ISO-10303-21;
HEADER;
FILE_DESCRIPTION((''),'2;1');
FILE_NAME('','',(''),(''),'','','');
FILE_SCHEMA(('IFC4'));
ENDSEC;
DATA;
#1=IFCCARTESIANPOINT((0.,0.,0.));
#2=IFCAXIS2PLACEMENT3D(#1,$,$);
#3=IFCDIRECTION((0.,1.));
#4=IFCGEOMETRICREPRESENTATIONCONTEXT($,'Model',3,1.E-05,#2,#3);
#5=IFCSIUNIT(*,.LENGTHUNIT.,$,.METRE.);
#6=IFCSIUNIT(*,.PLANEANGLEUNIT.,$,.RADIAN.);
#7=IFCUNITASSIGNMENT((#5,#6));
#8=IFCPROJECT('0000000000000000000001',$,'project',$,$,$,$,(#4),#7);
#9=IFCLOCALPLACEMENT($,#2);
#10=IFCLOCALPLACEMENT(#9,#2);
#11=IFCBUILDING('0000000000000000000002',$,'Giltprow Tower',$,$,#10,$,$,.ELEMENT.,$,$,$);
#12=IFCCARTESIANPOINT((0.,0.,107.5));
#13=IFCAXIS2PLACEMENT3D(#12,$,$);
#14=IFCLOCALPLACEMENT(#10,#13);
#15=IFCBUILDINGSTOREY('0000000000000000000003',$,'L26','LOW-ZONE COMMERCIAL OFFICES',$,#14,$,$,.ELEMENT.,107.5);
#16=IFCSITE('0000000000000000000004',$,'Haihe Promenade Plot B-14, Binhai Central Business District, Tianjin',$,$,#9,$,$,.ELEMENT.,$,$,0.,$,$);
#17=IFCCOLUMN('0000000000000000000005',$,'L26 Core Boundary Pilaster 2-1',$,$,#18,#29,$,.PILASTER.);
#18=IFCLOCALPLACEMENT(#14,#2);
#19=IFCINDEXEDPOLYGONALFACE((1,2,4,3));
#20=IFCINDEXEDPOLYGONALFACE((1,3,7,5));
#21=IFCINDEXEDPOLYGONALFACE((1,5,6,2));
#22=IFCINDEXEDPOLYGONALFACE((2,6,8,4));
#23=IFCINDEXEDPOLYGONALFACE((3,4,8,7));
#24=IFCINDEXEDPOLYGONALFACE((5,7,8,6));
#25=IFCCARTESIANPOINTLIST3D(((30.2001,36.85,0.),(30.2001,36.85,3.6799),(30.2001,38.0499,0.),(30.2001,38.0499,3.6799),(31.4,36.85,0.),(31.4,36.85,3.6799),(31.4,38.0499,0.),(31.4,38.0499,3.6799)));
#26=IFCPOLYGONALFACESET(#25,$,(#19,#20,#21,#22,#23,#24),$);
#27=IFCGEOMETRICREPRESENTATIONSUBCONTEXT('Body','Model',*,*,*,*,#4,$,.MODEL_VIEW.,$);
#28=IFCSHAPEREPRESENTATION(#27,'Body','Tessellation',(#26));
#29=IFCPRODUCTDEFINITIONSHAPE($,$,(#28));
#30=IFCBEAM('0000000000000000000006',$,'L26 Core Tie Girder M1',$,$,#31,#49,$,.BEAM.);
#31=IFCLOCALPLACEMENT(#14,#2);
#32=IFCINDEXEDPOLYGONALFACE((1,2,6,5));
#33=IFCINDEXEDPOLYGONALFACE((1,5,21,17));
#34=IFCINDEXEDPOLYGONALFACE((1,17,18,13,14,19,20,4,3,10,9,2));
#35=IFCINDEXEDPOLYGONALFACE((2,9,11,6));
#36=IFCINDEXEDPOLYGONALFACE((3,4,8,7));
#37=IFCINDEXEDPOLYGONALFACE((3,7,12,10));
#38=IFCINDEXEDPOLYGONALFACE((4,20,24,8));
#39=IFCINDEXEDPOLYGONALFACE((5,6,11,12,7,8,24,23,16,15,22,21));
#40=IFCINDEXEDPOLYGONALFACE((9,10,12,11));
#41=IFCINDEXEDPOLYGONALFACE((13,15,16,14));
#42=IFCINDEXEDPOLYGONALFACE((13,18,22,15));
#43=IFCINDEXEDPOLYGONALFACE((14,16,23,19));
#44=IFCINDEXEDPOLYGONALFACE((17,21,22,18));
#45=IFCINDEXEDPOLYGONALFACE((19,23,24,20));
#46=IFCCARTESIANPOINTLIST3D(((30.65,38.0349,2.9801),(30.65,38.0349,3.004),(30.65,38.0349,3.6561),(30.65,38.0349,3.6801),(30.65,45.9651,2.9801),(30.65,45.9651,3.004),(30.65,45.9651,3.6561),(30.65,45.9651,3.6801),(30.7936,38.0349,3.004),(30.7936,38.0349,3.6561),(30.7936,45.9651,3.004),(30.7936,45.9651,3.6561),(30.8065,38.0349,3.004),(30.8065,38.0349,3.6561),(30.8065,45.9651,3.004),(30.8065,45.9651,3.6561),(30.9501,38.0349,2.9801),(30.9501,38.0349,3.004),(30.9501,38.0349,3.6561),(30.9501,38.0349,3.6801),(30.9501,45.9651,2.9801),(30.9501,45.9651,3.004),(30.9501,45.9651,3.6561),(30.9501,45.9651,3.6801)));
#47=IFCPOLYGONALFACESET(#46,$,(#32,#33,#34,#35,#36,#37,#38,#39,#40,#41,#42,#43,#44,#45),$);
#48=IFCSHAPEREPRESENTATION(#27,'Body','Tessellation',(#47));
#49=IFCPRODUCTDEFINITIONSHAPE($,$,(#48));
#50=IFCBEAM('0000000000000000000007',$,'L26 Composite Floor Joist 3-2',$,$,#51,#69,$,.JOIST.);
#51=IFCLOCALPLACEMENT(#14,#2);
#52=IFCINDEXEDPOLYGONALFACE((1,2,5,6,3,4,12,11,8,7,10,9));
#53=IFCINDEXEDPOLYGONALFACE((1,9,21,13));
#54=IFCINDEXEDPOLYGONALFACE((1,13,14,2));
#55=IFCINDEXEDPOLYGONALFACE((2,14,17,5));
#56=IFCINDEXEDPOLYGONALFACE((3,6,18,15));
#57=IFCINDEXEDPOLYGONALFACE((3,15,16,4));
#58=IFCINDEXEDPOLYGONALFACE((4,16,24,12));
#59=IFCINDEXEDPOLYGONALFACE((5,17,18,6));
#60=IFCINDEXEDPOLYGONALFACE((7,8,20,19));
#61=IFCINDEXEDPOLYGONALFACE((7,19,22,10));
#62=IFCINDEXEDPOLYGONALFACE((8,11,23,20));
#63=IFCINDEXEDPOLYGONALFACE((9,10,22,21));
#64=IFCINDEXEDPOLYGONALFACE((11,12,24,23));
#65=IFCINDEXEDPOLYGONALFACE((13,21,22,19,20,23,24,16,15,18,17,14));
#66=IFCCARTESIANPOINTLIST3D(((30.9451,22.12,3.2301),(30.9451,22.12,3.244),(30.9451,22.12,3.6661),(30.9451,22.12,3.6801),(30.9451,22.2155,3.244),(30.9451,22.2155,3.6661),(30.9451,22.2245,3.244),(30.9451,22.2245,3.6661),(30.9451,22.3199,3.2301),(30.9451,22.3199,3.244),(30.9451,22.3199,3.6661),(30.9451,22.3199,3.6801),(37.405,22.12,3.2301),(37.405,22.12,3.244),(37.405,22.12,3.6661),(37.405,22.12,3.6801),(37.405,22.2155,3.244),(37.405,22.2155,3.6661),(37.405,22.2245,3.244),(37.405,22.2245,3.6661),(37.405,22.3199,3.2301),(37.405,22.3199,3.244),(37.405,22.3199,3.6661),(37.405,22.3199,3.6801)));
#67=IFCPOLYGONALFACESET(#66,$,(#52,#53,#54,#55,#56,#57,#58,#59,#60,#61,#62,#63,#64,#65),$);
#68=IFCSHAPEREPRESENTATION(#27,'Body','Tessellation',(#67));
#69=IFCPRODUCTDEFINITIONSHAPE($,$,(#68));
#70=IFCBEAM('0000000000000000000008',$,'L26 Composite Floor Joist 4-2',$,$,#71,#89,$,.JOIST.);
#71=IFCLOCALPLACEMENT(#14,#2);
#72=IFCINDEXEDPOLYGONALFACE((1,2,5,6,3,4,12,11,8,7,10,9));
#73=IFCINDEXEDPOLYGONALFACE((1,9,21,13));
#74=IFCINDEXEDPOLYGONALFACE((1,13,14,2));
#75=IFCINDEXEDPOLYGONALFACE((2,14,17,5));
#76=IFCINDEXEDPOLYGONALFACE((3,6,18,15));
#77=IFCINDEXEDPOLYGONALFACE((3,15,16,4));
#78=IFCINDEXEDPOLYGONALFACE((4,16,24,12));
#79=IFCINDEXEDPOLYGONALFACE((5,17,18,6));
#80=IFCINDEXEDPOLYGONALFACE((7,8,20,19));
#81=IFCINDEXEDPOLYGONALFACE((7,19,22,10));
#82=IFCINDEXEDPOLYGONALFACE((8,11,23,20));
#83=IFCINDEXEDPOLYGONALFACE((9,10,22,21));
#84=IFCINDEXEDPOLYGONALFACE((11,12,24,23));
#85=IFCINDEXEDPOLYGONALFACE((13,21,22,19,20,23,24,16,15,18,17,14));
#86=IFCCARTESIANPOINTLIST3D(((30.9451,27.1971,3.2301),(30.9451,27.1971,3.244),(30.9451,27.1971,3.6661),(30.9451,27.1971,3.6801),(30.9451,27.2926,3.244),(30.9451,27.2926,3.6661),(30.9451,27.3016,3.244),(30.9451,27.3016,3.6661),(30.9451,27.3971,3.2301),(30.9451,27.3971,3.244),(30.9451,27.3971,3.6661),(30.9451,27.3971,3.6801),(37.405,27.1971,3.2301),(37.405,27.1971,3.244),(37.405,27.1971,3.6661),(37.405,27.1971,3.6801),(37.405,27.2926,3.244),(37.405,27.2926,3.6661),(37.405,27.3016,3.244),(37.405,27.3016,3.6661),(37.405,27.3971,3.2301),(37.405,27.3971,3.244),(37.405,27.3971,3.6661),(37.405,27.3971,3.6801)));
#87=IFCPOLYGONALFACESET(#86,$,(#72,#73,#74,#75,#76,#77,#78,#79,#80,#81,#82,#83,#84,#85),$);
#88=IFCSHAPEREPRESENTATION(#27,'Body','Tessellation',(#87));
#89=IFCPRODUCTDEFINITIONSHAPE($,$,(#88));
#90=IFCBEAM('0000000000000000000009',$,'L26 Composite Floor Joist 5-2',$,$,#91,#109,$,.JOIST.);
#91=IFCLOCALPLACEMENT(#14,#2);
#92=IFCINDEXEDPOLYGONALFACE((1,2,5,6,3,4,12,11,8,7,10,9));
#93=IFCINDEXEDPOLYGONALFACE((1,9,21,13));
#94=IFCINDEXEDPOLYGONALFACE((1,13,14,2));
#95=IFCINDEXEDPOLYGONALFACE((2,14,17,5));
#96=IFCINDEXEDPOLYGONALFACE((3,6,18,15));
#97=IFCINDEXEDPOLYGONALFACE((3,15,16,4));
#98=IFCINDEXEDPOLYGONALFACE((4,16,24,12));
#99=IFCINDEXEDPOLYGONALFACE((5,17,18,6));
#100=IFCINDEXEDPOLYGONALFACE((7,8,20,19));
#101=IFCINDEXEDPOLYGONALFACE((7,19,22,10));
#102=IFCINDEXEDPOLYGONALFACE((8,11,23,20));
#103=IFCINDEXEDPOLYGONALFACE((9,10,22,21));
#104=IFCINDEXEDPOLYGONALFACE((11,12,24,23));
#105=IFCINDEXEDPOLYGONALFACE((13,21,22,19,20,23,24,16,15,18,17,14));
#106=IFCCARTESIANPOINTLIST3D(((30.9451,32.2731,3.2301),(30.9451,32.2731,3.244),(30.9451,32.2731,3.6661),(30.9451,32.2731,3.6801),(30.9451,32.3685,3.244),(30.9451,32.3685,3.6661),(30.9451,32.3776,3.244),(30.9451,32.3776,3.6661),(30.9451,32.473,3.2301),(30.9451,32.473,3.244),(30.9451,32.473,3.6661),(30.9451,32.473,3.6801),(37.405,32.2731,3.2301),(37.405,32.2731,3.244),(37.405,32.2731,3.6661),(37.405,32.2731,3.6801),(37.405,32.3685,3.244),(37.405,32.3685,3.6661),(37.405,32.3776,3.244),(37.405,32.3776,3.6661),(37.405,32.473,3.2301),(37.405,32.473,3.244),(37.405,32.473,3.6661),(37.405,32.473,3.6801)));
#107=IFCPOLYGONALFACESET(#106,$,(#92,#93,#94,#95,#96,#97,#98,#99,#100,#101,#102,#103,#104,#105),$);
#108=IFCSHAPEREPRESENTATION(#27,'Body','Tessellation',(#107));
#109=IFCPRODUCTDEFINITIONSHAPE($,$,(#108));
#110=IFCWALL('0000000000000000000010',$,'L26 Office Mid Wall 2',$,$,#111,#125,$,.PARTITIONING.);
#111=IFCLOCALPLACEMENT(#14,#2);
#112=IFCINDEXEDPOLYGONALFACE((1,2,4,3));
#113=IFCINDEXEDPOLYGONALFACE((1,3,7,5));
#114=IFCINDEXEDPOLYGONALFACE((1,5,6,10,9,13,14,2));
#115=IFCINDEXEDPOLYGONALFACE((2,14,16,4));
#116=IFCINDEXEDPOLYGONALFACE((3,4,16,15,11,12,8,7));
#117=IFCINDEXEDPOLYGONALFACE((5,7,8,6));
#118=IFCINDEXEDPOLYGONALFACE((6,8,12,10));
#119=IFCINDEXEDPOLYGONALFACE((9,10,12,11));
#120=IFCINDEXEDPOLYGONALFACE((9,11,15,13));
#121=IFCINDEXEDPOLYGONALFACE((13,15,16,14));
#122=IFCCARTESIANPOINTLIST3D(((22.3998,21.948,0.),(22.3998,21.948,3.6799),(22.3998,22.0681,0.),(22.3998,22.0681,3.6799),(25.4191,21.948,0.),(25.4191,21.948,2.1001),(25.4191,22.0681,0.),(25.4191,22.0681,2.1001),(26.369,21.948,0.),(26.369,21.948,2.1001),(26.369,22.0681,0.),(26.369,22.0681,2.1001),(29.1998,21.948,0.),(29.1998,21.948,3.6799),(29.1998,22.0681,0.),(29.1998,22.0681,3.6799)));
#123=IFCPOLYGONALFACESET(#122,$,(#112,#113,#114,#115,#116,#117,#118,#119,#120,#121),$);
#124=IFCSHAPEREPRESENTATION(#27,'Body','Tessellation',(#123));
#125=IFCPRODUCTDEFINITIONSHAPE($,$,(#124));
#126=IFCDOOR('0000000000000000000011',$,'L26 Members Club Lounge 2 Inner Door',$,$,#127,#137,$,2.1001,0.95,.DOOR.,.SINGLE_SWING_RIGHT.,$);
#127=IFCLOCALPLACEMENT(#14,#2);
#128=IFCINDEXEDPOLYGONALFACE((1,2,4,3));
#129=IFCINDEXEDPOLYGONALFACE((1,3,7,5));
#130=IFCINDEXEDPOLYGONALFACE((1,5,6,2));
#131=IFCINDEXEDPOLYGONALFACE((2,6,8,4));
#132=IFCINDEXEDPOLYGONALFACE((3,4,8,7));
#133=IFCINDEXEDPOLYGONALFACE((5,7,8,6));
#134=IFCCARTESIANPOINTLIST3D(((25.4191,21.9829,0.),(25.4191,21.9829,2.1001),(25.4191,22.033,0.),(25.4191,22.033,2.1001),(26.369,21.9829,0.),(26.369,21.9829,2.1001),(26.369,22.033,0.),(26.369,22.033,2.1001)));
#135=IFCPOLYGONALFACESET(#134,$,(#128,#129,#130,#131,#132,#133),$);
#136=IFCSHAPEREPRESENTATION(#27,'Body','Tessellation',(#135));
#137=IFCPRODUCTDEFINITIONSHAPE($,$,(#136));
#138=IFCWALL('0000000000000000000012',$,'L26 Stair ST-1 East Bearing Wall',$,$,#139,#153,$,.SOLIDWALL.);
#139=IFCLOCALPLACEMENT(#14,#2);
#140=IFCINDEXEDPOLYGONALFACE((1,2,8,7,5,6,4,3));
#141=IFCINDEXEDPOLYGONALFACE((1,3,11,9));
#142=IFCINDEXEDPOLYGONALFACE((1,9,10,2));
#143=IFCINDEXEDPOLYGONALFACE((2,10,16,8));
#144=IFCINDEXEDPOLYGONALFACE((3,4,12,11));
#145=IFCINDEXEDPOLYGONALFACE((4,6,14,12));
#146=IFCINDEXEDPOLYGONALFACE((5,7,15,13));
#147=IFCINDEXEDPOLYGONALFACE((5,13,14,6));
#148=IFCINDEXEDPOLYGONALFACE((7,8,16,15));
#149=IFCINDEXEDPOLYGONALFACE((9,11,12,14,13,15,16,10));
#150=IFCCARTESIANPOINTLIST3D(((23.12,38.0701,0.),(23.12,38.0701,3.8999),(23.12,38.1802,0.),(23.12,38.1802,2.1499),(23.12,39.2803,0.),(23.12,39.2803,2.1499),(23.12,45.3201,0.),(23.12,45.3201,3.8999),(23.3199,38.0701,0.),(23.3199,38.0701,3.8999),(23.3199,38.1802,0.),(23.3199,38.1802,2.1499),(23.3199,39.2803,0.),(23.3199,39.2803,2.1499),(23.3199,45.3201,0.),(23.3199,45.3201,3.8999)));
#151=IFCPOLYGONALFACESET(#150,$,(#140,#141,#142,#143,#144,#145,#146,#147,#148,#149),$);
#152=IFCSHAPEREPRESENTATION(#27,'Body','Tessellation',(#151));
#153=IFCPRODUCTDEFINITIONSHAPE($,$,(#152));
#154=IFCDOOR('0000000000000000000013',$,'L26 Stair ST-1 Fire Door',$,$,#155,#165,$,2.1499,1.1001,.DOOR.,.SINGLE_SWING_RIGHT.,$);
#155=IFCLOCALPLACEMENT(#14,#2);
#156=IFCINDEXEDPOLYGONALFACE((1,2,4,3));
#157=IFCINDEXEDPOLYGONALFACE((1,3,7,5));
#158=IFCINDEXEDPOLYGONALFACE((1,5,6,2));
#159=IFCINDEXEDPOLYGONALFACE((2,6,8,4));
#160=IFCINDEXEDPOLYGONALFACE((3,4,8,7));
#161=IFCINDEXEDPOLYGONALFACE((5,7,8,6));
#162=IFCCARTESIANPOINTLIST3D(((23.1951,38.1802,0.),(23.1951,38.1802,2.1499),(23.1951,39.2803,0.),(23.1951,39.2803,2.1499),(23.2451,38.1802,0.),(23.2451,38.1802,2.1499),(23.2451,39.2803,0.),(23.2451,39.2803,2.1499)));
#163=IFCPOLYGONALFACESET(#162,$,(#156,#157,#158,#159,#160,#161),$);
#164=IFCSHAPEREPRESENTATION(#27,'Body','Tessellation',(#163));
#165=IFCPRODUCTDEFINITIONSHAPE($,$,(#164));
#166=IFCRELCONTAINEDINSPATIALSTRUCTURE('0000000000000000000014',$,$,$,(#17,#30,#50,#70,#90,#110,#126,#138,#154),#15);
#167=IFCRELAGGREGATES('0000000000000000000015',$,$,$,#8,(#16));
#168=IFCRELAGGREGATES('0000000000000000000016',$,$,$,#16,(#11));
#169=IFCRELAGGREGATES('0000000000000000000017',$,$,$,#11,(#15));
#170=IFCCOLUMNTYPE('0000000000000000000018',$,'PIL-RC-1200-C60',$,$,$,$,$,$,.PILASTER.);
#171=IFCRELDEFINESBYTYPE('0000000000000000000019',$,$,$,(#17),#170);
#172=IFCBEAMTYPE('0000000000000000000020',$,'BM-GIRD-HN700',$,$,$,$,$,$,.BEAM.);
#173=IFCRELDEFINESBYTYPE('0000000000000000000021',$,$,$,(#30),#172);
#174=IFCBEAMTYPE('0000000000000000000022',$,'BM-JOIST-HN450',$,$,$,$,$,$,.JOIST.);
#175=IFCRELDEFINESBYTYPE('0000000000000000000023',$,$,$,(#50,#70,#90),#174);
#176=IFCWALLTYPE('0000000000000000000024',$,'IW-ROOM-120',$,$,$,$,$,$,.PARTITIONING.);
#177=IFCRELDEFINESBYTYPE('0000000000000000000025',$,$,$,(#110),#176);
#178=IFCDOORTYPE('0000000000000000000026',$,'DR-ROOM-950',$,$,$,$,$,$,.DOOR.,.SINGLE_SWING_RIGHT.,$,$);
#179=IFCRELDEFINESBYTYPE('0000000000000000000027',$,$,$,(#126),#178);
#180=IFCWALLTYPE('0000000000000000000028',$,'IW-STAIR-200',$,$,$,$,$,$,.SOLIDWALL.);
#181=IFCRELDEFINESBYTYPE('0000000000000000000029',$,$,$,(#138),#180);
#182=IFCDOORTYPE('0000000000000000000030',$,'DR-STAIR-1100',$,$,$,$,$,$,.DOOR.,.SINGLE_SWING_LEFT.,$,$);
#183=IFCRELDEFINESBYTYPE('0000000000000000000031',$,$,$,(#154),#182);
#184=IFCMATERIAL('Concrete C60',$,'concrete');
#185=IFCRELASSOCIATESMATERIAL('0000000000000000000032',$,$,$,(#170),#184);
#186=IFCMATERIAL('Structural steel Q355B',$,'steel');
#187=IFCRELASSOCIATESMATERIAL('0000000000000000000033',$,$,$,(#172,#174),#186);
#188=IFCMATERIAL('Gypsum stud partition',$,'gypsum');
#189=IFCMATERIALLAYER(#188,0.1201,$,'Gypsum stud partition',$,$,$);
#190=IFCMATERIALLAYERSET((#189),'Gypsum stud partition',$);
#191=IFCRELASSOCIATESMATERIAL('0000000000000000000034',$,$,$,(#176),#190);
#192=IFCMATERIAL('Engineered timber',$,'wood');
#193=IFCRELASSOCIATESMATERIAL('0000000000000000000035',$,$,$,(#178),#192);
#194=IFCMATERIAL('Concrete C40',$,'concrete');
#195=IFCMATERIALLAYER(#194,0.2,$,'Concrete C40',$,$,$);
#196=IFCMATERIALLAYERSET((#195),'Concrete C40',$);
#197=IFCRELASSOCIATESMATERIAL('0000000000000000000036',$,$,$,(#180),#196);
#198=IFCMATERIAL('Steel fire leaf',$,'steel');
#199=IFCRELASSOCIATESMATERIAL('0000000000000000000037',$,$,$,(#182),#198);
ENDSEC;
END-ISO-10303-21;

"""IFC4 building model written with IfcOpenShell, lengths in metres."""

from ifc_helpers import new_model, si_unit, direction, frame, frame_2d, origin, origin_2d, place, context, subcontext, project, spatial, rectangle, i_section, extrude, source, transform, mapped, material, layer, layer_set, material_profile, profile_set, type_object, element, fill, save


model = new_model("IFC4")

# Units and contexts
model_context = context("Model", 3, precision=1e-05, world=origin(), true_north=direction((0.0, 1.0)))
body_context = subcontext(model_context, "Body", "Model", "MODEL_VIEW")
ifc_project = project(units=[si_unit("LENGTHUNIT", "METRE"), si_unit("PLANEANGLEUNIT", "RADIAN")], contexts=[model_context])

# Site, building, storey
site_placement = place(None, origin())
site = spatial("IfcSite", under=ifc_project, at=site_placement, Name="Haihe Promenade Plot B-14, Binhai Central Business District, Tianjin", CompositionType="ELEMENT", RefElevation=0.0)
building_placement = place(site_placement, origin())
building = spatial("IfcBuilding", under=site, at=building_placement, Name="Giltprow Tower", CompositionType="ELEMENT")
storey_placement = place(building_placement, frame((0.0, 0.0, 107.5)))
storey = spatial("IfcBuildingStorey", under=building, at=storey_placement, Name="L26", Description="LOW-ZONE COMMERCIAL OFFICES", CompositionType="ELEMENT", Elevation=107.5)

# Column
ifc_material_1 = material(Name="Concrete C60", Category="concrete")
ifc_material_profile_1 = material_profile(ifc_material_1, rectangle(XDim=1.2, YDim=1.2, at=origin_2d()), Name="RC 1200x1200")
ifc_profile_set_1 = profile_set([ifc_material_profile_1], Name="Concrete C60")
column_type = type_object("IfcColumnType", Name="PIL-RC-1200-C60", PredefinedType="PILASTER", material=ifc_profile_set_1)
shared_shape_1 = source(origin(), body_context, "Body", "SweptSolid", [
    extrude(rectangle(XDim=1.2, YDim=1.2, at=origin_2d()), origin(), (0.0, 0.0, 1.0), 3.6799),
])
column_placement = place(storey_placement, frame((30.8, 37.45, 0.0), z_axis=(0.0, 0.0, 1.0), x_axis=(1.0, 0.0, 0.0)))
element("IfcColumn", 1, at=column_placement, inside=storey, type_object=column_type, Name="L26 Core Boundary Pilaster 2-1", PredefinedType="PILASTER", context=body_context, shape_type="MappedRepresentation", body=[
    mapped(shared_shape_1, transform((0.0, 0.0, 0.0), x_axis=(1.0, 0.0, 0.0), y_axis=(0.0, 1.0, 0.0), z_axis=(0.0, 0.0, 1.0), scale=1.0)),
])

# Beams
ifc_material_2 = material(Name="Structural steel Q355B", Category="steel")
ifc_material_profile_2 = material_profile(ifc_material_2, i_section(OverallWidth=0.3, OverallDepth=0.7, WebThickness=0.0129, FlangeThickness=0.0239, at=origin_2d()), Name="HN 700x300x13x24")
ifc_profile_set_2 = profile_set([ifc_material_profile_2], Name="Structural steel Q355B")
beam_type_1 = type_object("IfcBeamType", Name="BM-GIRD-HN700", PredefinedType="BEAM", material=ifc_profile_set_2)
shared_shape_2 = source(origin(), body_context, "Body", "SweptSolid", [
    extrude(i_section(OverallWidth=0.3, OverallDepth=0.7, WebThickness=0.0129, FlangeThickness=0.0239, at=origin_2d()), origin(), (0.0, 0.0, 1.0), 7.9302),
])
beam_placement = place(storey_placement, frame((30.8, 38.0349, 3.3301), z_axis=(0.0, 1.0, 0.0), x_axis=(-1.0, 0.0, 0.0)))
element("IfcBeam", 2, at=beam_placement, inside=storey, type_object=beam_type_1, Name="L26 Core Tie Girder M1", PredefinedType="BEAM", context=body_context, shape_type="MappedRepresentation", body=[
    mapped(shared_shape_2, transform((0.0, 0.0, 0.0), x_axis=(1.0, 0.0, 0.0), y_axis=(0.0, 1.0, 0.0), z_axis=(0.0, 0.0, 1.0), scale=1.0)),
])
ifc_material_profile_3 = material_profile(ifc_material_2, i_section(OverallWidth=0.2, OverallDepth=0.45, WebThickness=0.009, FlangeThickness=0.0139, at=origin_2d()), Name="HN 450x200x9x14")
ifc_profile_set_3 = profile_set([ifc_material_profile_3], Name="Structural steel Q355B")
beam_type_2 = type_object("IfcBeamType", Name="BM-JOIST-HN450", PredefinedType="JOIST", material=ifc_profile_set_3)
shared_shape_3 = source(origin(), body_context, "Body", "SweptSolid", [
    extrude(i_section(OverallWidth=0.2, OverallDepth=0.45, WebThickness=0.009, FlangeThickness=0.0139, at=origin_2d()), origin(), (0.0, 0.0, 1.0), 6.46),
])
for number, where, z_axis, x_axis, name in (
    (3, (30.9451, 22.22, 3.4551), (1.0, 0.0, 0.0), (0.0, 1.0, 0.0), "L26 Composite Floor Joist 3-2"),
    (4, (30.9451, 27.2971, 3.4551), (1.0, 0.0, 0.0), (0.0, 1.0, 0.0), "L26 Composite Floor Joist 4-2"),
    (5, (30.9451, 32.373, 3.4551), (1.0, 0.0, 0.0), (0.0, 1.0, 0.0), "L26 Composite Floor Joist 5-2"),
):
    element("IfcBeam", number, at=place(storey_placement, frame(where, z_axis=z_axis, x_axis=x_axis)), inside=storey, type_object=beam_type_2, Name=name, PredefinedType="JOIST", context=body_context, shape_type="MappedRepresentation", body=[
        mapped(shared_shape_3, transform((0.0, 0.0, 0.0), x_axis=(1.0, 0.0, 0.0), y_axis=(0.0, 1.0, 0.0), z_axis=(0.0, 0.0, 1.0), scale=1.0)),
    ])

# Walls, openings, doors
ifc_material_3 = material(Name="Gypsum stud partition", Category="gypsum")
ifc_layer_1 = layer(ifc_material_3, 0.1201, Name="Gypsum stud partition")
ifc_layer_set_1 = layer_set([ifc_layer_1], Name="Gypsum stud partition")
wall_type_1 = type_object("IfcWallType", Name="IW-ROOM-120", PredefinedType="PARTITIONING", material=ifc_layer_set_1)
wall_1_placement = place(storey_placement, frame((22.3999, 22.0081, 0.0), z_axis=(0.0, 0.0, 1.0), x_axis=(1.0, 0.0, 0.0)))
wall_1 = element("IfcWall", 6, at=wall_1_placement, inside=storey, type_object=wall_type_1, Name="L26 Office Mid Wall 2", PredefinedType="PARTITIONING", context=body_context, shape_type="SweptSolid", body=[
    extrude(rectangle(XDim=6.8, YDim=0.1201, at=frame_2d((3.3999, 0.0))), origin(), (0.0, 0.0, 1.0), 3.6799),
])
opening_1_placement = place(wall_1_placement, frame((3.019, 0.0, 0.0)))
opening_1 = element("IfcOpeningElement", 7, at=opening_1_placement, cuts=wall_1, PredefinedType="OPENING", context=body_context, shape_type="SweptSolid", body=[
    extrude(rectangle(XDim=0.95, YDim=2.1001, at=frame_2d((0.4751, 1.05))), frame((0.0, 0.0701, 0.0), z_axis=(0.0, -1.0, 0.0), x_axis=(1.0, 0.0, 0.0)), (0.0, 0.0, 1.0), 0.1401),
])
ifc_material_4 = material(Name="Engineered timber", Category="wood")
door_type_1 = type_object("IfcDoorType", Name="DR-ROOM-950", OperationType="SINGLE_SWING_RIGHT", PredefinedType="DOOR", material=ifc_material_4)
shared_shape_4 = source(origin(), body_context, "Body", "SweptSolid", [
    extrude(rectangle(XDim=0.95, YDim=2.1001, at=frame_2d((0.4751, 1.05))), frame((0.0, 0.0249, 0.0), z_axis=(0.0, -1.0, 0.0), x_axis=(1.0, 0.0, 0.0)), (0.0, 0.0, 1.0), 0.05),
])
door_1_placement = place(opening_1_placement, origin())
door_1 = element("IfcDoor", 8, at=door_1_placement, inside=storey, type_object=door_type_1, Name="L26 Members Club Lounge 2 Inner Door", OperationType="SINGLE_SWING_RIGHT", OverallHeight=2.1001, OverallWidth=0.95, PredefinedType="DOOR", context=body_context, shape_type="MappedRepresentation", body=[
    mapped(shared_shape_4, transform((0.0, 0.0, 0.0), x_axis=(1.0, 0.0, 0.0), y_axis=(0.0, 1.0, 0.0), z_axis=(0.0, 0.0, 1.0), scale=1.0)),
])
fill(opening_1, door_1)
ifc_material_5 = material(Name="Concrete C40", Category="concrete")
ifc_layer_2 = layer(ifc_material_5, 0.2, Name="Concrete C40")
ifc_layer_set_2 = layer_set([ifc_layer_2], Name="Concrete C40")
wall_type_2 = type_object("IfcWallType", Name="IW-STAIR-200", PredefinedType="SOLIDWALL", material=ifc_layer_set_2)
wall_2_placement = place(storey_placement, frame((23.22, 38.0701, 0.0), z_axis=(0.0, 0.0, 1.0), x_axis=(0.0, 1.0, 0.0)))
wall_2 = element("IfcWall", 9, at=wall_2_placement, inside=storey, type_object=wall_type_2, Name="L26 Stair ST-1 East Bearing Wall", PredefinedType="SOLIDWALL", context=body_context, shape_type="SweptSolid", body=[
    extrude(rectangle(XDim=7.25, YDim=0.2, at=frame_2d((3.625, 0.0))), origin(), (0.0, 0.0, 1.0), 3.8999),
])
opening_2_placement = place(wall_2_placement, frame((0.1101, 0.0, 0.0)))
opening_2 = element("IfcOpeningElement", 10, at=opening_2_placement, cuts=wall_2, PredefinedType="OPENING", context=body_context, shape_type="SweptSolid", body=[
    extrude(rectangle(XDim=1.1001, YDim=2.1499, at=frame_2d((0.55, 1.075))), frame((0.0, 0.1099, 0.0), z_axis=(0.0, -1.0, 0.0), x_axis=(1.0, 0.0, 0.0)), (0.0, 0.0, 1.0), 0.22),
])
ifc_material_6 = material(Name="Steel fire leaf", Category="steel")
door_type_2 = type_object("IfcDoorType", Name="DR-STAIR-1100", OperationType="SINGLE_SWING_LEFT", PredefinedType="DOOR", material=ifc_material_6)
shared_shape_5 = source(origin(), body_context, "Body", "SweptSolid", [
    extrude(rectangle(XDim=1.1001, YDim=2.1499, at=frame_2d((0.55, 1.075))), frame((0.0, 0.0249, 0.0), z_axis=(0.0, -1.0, 0.0), x_axis=(1.0, 0.0, 0.0)), (0.0, 0.0, 1.0), 0.05),
])
door_2_placement = place(opening_2_placement, origin())
door_2 = element("IfcDoor", 11, at=door_2_placement, inside=storey, type_object=door_type_2, Name="L26 Stair ST-1 Fire Door", OperationType="SINGLE_SWING_RIGHT", OverallHeight=2.1499, OverallWidth=1.1001, PredefinedType="DOOR", context=body_context, shape_type="MappedRepresentation", body=[
    mapped(shared_shape_5, transform((0.0, 0.0, 0.0), x_axis=(1.0, 0.0, 0.0), y_axis=(0.0, 1.0, 0.0), z_axis=(0.0, 0.0, 1.0), scale=1.0)),
])
fill(opening_2, door_2)

save(model, "model.ifc")
